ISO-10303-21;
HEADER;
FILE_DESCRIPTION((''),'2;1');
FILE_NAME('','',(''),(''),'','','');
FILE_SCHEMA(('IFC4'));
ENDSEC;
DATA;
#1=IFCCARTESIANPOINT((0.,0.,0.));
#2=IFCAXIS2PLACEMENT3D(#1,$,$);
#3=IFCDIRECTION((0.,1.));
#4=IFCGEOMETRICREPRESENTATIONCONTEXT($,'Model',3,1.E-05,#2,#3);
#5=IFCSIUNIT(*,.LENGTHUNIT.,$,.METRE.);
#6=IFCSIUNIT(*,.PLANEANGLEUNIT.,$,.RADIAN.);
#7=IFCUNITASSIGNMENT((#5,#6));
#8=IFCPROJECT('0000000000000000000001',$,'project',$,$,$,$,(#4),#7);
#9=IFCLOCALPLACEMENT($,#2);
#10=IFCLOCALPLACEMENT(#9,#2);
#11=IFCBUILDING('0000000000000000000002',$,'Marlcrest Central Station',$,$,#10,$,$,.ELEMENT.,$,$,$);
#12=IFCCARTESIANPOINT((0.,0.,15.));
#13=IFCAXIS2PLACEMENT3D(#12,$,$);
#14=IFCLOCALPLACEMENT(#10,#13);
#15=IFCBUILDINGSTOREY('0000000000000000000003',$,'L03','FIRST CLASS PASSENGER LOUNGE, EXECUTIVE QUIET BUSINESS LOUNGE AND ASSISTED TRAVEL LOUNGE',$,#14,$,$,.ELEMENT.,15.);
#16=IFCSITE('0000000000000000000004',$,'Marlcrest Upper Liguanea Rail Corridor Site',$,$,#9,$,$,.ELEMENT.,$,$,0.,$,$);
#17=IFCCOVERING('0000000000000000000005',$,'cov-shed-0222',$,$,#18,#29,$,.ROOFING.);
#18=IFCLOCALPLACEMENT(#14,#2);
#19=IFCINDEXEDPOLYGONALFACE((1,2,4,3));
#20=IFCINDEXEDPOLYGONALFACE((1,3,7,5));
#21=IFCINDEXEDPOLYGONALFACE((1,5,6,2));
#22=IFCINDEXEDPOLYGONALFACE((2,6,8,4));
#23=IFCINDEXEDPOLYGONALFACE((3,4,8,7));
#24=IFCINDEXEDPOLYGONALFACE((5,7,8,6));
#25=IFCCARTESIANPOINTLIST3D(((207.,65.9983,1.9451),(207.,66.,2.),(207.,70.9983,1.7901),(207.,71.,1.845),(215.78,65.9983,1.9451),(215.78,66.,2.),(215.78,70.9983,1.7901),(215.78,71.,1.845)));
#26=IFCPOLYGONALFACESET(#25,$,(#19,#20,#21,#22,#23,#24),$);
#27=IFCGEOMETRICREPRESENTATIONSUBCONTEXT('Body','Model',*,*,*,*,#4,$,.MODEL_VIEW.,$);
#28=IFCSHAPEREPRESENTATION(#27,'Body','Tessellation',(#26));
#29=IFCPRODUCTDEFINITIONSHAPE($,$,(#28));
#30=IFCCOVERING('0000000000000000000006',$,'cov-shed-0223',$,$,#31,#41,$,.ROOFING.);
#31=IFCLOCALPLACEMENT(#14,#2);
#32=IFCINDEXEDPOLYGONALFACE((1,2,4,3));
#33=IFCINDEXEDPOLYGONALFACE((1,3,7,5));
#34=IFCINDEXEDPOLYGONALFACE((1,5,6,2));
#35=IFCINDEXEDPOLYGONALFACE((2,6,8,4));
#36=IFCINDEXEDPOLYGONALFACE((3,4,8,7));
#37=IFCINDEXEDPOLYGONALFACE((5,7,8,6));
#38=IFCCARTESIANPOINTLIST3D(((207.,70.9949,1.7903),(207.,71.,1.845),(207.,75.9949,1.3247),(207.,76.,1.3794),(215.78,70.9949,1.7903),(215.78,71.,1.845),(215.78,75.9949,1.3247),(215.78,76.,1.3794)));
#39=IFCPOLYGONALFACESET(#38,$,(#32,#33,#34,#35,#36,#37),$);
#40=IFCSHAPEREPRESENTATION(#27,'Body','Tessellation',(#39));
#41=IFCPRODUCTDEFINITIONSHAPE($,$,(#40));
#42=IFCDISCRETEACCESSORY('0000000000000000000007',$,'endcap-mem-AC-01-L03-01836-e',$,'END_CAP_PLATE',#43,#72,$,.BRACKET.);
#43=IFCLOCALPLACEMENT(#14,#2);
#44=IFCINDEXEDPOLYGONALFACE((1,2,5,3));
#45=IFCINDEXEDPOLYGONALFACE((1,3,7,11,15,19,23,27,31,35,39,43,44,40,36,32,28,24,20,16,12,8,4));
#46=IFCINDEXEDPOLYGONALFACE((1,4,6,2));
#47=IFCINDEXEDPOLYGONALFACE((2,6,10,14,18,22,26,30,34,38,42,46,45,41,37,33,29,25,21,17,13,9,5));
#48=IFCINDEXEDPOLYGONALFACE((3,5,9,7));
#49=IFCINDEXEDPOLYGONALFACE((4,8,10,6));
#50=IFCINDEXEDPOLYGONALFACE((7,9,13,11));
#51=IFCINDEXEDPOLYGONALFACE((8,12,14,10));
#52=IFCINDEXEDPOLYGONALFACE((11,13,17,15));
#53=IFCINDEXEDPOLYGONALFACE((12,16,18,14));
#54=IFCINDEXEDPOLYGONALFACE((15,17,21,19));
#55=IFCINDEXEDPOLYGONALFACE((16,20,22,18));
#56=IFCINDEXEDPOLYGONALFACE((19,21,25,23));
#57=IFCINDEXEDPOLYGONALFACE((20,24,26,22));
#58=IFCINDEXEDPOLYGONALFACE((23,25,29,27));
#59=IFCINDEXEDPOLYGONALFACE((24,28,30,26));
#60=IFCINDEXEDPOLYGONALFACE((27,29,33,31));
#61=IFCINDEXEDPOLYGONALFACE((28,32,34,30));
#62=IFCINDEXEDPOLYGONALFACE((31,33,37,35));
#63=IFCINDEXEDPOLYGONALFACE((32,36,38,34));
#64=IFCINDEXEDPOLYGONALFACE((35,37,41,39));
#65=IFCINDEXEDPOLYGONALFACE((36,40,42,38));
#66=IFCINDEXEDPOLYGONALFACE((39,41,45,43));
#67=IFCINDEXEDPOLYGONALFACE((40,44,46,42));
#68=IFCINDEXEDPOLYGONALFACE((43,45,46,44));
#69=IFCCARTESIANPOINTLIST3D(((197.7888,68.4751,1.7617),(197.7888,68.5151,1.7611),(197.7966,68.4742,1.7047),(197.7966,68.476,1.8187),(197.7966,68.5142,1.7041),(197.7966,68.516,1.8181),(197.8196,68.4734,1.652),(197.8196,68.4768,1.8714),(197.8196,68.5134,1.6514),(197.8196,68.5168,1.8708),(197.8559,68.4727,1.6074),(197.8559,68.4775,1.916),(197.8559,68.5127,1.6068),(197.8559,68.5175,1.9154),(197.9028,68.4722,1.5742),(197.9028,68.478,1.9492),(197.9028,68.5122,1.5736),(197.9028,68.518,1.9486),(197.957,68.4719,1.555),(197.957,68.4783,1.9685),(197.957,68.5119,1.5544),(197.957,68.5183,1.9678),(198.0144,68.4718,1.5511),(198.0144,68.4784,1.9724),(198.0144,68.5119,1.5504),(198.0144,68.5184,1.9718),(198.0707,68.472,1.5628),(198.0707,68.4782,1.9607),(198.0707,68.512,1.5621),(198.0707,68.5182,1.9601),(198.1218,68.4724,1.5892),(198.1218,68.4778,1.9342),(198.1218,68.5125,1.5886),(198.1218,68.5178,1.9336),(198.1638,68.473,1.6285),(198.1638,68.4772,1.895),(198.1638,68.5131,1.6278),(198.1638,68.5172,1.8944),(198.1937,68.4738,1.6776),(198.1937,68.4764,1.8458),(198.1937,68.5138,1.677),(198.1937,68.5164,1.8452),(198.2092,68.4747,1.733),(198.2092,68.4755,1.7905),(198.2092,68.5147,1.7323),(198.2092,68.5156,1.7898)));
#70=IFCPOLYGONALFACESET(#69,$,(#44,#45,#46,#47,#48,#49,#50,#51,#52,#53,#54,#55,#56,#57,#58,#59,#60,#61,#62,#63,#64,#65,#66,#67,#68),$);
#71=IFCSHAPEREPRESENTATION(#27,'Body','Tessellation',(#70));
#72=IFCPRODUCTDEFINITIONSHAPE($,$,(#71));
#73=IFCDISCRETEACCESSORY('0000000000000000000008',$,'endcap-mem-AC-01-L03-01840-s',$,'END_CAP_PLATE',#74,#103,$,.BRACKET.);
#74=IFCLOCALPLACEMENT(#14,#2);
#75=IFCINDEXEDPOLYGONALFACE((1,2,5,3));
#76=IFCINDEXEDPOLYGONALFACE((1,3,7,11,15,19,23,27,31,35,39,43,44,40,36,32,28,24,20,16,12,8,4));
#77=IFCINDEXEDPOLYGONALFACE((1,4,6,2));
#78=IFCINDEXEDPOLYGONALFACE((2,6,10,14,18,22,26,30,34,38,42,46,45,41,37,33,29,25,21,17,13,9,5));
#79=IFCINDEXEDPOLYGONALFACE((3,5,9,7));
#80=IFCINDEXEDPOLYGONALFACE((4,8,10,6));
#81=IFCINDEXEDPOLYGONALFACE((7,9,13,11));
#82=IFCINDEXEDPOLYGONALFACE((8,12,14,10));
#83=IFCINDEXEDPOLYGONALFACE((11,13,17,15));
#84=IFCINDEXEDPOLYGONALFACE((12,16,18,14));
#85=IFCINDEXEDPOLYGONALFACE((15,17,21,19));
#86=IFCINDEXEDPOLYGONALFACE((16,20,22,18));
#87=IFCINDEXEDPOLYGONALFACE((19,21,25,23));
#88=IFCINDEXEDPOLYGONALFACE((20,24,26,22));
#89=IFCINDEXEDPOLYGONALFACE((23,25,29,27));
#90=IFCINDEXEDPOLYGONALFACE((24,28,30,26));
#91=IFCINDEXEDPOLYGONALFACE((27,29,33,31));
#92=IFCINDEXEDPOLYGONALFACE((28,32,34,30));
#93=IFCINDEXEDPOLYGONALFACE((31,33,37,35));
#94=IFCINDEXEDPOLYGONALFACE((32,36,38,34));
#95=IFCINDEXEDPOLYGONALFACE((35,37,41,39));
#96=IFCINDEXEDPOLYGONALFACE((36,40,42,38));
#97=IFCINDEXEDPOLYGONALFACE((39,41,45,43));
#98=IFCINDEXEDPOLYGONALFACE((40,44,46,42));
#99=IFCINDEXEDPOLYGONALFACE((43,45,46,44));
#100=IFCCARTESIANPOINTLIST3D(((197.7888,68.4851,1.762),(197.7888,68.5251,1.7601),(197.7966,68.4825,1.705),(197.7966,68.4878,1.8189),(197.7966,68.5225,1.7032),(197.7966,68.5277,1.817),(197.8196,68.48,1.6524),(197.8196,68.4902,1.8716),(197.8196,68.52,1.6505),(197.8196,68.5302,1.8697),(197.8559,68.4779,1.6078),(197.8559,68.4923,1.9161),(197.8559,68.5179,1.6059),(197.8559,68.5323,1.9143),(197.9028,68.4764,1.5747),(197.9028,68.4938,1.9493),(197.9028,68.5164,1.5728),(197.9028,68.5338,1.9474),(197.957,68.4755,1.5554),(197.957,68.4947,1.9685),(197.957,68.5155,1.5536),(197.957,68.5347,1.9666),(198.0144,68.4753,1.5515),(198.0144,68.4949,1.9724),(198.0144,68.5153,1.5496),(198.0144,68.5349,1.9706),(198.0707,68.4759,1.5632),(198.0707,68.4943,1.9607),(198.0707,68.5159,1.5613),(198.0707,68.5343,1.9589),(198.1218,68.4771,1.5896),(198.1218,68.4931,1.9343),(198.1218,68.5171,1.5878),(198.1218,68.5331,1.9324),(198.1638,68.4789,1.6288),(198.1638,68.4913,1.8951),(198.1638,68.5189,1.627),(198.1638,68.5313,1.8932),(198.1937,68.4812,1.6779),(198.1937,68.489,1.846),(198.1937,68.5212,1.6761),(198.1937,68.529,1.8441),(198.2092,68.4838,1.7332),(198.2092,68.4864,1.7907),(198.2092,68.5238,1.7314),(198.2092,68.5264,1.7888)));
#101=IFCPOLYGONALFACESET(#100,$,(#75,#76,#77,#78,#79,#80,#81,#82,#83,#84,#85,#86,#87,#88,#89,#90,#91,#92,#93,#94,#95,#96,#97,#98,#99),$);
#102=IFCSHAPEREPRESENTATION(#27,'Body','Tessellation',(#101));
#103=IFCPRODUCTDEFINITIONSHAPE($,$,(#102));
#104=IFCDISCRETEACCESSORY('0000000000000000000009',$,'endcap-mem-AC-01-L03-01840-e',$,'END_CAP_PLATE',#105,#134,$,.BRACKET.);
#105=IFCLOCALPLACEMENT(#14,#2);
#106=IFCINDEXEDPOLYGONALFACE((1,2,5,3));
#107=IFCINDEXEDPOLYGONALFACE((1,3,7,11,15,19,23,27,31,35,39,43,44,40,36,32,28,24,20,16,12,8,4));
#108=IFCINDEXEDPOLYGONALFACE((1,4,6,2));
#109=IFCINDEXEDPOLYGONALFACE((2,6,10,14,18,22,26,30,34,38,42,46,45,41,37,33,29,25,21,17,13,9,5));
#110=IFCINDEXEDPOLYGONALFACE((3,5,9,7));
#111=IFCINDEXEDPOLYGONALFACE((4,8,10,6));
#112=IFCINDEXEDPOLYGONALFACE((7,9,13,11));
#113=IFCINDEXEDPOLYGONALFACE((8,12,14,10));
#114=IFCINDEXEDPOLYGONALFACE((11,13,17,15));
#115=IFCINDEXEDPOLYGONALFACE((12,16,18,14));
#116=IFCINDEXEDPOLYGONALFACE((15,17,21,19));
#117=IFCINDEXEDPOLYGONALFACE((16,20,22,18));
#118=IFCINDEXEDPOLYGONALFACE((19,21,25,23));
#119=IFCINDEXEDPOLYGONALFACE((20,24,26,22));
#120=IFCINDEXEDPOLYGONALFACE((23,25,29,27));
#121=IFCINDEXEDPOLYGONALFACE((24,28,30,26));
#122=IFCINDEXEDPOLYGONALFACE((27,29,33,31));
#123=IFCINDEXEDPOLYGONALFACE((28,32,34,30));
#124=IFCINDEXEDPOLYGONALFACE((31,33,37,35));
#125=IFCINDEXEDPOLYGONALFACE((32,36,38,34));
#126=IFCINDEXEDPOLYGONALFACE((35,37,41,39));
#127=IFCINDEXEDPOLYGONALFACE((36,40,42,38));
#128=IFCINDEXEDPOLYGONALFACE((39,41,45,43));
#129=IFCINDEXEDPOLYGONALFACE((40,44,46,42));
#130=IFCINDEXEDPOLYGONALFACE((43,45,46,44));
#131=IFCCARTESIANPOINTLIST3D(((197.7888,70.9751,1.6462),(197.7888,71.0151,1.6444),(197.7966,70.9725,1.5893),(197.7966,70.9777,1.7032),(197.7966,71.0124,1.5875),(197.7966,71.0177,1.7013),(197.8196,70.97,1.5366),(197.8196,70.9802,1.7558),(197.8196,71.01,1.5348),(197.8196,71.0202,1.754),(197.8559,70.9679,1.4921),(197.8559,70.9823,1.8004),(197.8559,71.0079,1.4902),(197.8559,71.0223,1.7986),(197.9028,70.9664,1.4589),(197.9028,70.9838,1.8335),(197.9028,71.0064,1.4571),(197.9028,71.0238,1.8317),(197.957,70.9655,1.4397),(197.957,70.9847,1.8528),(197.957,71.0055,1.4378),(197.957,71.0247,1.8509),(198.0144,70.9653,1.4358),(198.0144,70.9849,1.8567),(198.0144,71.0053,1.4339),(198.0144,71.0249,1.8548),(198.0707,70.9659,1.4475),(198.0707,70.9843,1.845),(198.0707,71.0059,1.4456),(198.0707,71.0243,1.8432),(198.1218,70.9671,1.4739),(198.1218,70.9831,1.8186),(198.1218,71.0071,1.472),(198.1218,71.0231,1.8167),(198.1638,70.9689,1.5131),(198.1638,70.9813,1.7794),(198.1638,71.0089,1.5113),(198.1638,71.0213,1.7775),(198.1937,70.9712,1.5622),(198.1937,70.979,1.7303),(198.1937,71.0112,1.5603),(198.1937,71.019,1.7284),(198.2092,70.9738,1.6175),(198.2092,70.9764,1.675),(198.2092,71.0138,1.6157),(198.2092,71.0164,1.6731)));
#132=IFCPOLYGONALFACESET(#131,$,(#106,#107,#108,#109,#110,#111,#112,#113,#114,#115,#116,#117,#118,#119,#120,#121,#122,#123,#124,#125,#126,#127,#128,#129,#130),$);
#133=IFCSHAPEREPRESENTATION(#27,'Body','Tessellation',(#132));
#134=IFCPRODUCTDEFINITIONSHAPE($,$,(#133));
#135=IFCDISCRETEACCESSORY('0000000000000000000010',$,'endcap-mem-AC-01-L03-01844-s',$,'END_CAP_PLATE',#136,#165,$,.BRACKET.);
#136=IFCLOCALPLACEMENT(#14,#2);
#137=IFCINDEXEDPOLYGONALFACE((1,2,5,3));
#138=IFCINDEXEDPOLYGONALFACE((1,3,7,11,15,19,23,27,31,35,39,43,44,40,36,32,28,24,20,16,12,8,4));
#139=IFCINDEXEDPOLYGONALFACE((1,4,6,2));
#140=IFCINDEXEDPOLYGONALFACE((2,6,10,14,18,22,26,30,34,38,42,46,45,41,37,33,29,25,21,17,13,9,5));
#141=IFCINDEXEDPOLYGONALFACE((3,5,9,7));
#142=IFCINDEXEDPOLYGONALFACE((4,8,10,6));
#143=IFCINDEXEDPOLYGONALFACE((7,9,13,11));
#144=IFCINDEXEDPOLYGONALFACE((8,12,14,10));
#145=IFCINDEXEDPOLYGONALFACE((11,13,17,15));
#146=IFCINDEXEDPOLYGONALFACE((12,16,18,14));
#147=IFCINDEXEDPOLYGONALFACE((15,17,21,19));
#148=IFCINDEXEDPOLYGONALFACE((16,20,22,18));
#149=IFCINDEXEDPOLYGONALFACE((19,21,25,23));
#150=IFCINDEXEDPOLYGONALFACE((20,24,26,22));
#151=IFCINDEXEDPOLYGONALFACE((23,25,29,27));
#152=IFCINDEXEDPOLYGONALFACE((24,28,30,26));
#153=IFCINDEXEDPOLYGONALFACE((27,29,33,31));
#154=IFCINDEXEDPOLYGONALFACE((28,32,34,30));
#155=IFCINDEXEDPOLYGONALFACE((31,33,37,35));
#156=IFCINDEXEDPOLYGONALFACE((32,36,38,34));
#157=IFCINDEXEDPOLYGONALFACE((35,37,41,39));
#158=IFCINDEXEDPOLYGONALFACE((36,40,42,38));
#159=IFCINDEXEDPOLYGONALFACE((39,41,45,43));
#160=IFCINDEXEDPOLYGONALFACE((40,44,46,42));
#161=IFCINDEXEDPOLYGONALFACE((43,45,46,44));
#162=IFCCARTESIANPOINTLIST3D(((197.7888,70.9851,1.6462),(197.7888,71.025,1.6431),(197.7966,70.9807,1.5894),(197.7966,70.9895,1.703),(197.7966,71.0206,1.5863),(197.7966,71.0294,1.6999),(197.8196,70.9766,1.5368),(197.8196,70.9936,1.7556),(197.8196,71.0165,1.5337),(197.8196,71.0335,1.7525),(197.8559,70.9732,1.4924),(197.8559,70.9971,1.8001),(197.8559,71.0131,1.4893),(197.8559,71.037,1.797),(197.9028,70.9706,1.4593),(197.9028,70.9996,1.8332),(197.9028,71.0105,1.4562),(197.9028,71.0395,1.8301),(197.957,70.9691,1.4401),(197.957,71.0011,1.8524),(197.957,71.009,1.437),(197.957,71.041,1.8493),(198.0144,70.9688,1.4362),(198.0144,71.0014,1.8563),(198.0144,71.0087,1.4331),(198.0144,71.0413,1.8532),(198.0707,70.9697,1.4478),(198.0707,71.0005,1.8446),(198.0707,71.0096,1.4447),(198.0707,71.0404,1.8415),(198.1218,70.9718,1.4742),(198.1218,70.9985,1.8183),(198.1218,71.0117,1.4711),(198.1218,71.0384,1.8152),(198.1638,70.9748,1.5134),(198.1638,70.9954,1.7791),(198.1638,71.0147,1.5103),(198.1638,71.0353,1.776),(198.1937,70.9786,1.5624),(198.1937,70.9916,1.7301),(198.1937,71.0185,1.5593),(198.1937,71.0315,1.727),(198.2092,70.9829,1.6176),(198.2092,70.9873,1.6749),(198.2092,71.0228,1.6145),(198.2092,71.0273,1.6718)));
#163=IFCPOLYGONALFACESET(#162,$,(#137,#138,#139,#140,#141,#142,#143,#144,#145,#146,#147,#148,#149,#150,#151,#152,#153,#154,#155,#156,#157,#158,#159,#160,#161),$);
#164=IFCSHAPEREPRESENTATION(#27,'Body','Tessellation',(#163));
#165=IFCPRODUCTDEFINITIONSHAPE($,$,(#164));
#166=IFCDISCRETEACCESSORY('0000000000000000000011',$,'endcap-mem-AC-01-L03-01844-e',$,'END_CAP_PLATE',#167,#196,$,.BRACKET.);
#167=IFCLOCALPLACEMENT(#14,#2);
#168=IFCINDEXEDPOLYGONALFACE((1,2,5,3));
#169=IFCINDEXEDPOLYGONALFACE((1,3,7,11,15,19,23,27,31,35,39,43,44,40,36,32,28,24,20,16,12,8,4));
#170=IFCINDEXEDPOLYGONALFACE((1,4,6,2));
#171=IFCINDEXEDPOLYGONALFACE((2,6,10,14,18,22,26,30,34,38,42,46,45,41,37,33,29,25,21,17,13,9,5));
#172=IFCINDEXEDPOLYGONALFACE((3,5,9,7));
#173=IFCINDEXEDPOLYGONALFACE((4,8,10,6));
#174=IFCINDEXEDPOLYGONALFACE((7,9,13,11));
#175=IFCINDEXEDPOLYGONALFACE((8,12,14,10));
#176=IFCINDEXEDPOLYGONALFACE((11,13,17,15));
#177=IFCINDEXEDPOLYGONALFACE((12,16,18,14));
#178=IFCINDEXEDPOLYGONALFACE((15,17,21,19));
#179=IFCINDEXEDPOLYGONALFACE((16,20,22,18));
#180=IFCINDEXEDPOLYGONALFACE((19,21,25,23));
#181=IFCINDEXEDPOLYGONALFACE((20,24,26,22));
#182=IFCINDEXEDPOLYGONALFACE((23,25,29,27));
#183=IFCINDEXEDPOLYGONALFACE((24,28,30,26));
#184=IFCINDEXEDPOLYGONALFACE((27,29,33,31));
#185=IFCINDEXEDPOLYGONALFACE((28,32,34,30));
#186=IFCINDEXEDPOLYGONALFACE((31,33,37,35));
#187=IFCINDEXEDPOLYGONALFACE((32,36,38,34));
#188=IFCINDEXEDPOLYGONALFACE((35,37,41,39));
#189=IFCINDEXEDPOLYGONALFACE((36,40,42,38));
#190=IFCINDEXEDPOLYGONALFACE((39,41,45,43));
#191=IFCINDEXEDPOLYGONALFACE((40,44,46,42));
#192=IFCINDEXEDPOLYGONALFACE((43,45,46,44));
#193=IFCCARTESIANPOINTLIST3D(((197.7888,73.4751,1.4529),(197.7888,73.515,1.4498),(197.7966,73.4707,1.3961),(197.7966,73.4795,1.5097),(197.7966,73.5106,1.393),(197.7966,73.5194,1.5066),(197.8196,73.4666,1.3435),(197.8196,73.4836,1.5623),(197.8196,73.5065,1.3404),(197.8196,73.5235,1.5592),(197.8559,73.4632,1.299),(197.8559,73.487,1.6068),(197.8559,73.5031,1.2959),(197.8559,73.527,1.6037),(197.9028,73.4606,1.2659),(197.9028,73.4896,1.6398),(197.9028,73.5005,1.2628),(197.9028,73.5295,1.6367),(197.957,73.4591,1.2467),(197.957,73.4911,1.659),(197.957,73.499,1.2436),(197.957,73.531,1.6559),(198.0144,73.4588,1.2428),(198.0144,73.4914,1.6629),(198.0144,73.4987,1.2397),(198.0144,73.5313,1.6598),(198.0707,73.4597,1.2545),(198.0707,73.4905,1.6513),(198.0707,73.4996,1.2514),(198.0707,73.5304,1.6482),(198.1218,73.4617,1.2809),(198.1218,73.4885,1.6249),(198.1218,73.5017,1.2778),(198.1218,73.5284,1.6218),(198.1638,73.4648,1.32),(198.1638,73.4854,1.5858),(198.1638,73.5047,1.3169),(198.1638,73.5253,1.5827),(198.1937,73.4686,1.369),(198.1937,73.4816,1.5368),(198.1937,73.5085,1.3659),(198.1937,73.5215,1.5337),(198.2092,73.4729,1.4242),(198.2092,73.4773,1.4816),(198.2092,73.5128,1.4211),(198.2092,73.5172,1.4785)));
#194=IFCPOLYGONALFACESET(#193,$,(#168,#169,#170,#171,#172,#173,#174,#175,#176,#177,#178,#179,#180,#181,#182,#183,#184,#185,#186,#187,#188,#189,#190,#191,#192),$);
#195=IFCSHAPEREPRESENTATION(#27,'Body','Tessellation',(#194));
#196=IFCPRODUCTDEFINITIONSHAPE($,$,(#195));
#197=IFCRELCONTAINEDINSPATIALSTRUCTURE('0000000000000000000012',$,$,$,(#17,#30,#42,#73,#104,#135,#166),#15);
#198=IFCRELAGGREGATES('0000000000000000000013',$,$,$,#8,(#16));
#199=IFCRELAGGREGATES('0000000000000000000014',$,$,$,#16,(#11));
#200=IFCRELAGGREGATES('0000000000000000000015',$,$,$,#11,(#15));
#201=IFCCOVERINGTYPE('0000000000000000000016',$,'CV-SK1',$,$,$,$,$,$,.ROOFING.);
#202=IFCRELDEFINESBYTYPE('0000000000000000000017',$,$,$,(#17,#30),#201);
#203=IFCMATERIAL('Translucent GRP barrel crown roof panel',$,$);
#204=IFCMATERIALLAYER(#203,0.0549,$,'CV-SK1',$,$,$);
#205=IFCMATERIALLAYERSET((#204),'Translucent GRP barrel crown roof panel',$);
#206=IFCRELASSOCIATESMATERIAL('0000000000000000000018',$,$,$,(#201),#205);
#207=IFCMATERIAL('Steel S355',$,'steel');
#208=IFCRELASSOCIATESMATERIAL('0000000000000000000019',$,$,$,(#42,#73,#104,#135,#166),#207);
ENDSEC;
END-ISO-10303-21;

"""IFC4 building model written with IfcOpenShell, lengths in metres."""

from ifc_helpers import new_model, si_unit, direction, frame, origin, origin_2d, place, context, subcontext, project, spatial, polyline, circle, outline, extrude, material, layer, layer_set, type_object, element, save


model = new_model("IFC4")

# Units and contexts
model_context = context("Model", 3, precision=1e-05, world=origin(), true_north=direction((0.0, 1.0)))
body_context = subcontext(model_context, "Body", "Model", "MODEL_VIEW")
ifc_project = project(units=[si_unit("LENGTHUNIT", "METRE"), si_unit("PLANEANGLEUNIT", "RADIAN")], contexts=[model_context])

# Site, building, storey
site_placement = place(None, origin())
site = spatial("IfcSite", under=ifc_project, at=site_placement, Name="Marlcrest Upper Liguanea Rail Corridor Site", CompositionType="ELEMENT", RefElevation=0.0)
building_placement = place(site_placement, origin())
building = spatial("IfcBuilding", under=site, at=building_placement, Name="Marlcrest Central Station", CompositionType="ELEMENT")
storey_placement = place(building_placement, frame((0.0, 0.0, 15.0)))
storey = spatial("IfcBuildingStorey", under=building, at=storey_placement, Name="L03", Description="FIRST CLASS PASSENGER LOUNGE, EXECUTIVE QUIET BUSINESS LOUNGE AND ASSISTED TRAVEL LOUNGE", CompositionType="ELEMENT", Elevation=15.0)

# Shared definitions
ifc_material_1 = material(Name="Steel S355", Category="steel")

# Coverings
ifc_material_2 = material(Name="Translucent GRP barrel crown roof panel")
ifc_layer_1 = layer(ifc_material_2, 0.0549, Name="CV-SK1")
ifc_layer_set_1 = layer_set([ifc_layer_1], Name="Translucent GRP barrel crown roof panel")
covering_type_1 = type_object("IfcCoveringType", Name="CV-SK1", PredefinedType="ROOFING", material=ifc_layer_set_1)
covering_1_placement = place(storey_placement, frame((207.0, 66.0, 2.0), z_axis=(0.0, 0.030991, 0.99952), x_axis=(1.0, 0.0, 0.0)))
element("IfcCovering", 1, at=covering_1_placement, inside=storey, type_object=covering_type_1, Name="cov-shed-0222", PredefinedType="ROOFING", context=body_context, shape_type="SweptSolid", body=[
    extrude(outline(polyline([(0.0, 0.0), (8.78, 0.0), (8.78, 5.0024), (0.0, 5.0024), (0.0, 0.0)])), origin(), (0.0, 0.0, -1.0), 0.0549),
])
covering_2_placement = place(storey_placement, frame((207.0, 71.0, 1.845), z_axis=(0.0, 0.092714, 0.995693), x_axis=(1.0, 0.0, 0.0)))
element("IfcCovering", 2, at=covering_2_placement, inside=storey, type_object=covering_type_1, Name="cov-shed-0223", PredefinedType="ROOFING", context=body_context, shape_type="SweptSolid", body=[
    extrude(outline(polyline([(0.0, 0.0), (8.78, 0.0), (8.78, 5.0216), (0.0, 5.0216), (0.0, 0.0)])), origin(), (0.0, 0.0, -1.0), 0.0549),
])

# Discrete accessories
for number, where, z_axis, x_axis, name in (
    (3, (198.0, 68.4751, 1.7617), (0.0, 0.999879, -0.015525), (-1.0, 0.0, 0.0), "endcap-mem-AC-01-L03-01836-e"),
    (4, (198.0, 68.4851, 1.762), (0.0, 0.998921, -0.046434), (-1.0, 0.0, 0.0), "endcap-mem-AC-01-L03-01840-s"),
    (5, (198.0, 70.9751, 1.6462), (0.0, 0.998921, -0.046434), (-1.0, 0.0, 0.0), "endcap-mem-AC-01-L03-01840-e"),
    (6, (198.0, 70.9851, 1.6462), (0.0, 0.997, -0.077404), (-1.0, 0.0, 0.0), "endcap-mem-AC-01-L03-01844-s"),
    (7, (198.0, 73.4751, 1.4529), (0.0, 0.997, -0.077404), (-1.0, 0.0, 0.0), "endcap-mem-AC-01-L03-01844-e"),
):
    element("IfcDiscreteAccessory", number, at=place(storey_placement, frame(where, z_axis=z_axis, x_axis=x_axis)), inside=storey, material=ifc_material_1, Name=name, ObjectType="END_CAP_PLATE", PredefinedType="BRACKET", context=body_context, shape_type="SweptSolid", body=[
        extrude(circle(Radius=0.2112, at=origin_2d()), origin(), (0.0, 0.0, 1.0), 0.04),
    ])

save(model, "model.ifc")
